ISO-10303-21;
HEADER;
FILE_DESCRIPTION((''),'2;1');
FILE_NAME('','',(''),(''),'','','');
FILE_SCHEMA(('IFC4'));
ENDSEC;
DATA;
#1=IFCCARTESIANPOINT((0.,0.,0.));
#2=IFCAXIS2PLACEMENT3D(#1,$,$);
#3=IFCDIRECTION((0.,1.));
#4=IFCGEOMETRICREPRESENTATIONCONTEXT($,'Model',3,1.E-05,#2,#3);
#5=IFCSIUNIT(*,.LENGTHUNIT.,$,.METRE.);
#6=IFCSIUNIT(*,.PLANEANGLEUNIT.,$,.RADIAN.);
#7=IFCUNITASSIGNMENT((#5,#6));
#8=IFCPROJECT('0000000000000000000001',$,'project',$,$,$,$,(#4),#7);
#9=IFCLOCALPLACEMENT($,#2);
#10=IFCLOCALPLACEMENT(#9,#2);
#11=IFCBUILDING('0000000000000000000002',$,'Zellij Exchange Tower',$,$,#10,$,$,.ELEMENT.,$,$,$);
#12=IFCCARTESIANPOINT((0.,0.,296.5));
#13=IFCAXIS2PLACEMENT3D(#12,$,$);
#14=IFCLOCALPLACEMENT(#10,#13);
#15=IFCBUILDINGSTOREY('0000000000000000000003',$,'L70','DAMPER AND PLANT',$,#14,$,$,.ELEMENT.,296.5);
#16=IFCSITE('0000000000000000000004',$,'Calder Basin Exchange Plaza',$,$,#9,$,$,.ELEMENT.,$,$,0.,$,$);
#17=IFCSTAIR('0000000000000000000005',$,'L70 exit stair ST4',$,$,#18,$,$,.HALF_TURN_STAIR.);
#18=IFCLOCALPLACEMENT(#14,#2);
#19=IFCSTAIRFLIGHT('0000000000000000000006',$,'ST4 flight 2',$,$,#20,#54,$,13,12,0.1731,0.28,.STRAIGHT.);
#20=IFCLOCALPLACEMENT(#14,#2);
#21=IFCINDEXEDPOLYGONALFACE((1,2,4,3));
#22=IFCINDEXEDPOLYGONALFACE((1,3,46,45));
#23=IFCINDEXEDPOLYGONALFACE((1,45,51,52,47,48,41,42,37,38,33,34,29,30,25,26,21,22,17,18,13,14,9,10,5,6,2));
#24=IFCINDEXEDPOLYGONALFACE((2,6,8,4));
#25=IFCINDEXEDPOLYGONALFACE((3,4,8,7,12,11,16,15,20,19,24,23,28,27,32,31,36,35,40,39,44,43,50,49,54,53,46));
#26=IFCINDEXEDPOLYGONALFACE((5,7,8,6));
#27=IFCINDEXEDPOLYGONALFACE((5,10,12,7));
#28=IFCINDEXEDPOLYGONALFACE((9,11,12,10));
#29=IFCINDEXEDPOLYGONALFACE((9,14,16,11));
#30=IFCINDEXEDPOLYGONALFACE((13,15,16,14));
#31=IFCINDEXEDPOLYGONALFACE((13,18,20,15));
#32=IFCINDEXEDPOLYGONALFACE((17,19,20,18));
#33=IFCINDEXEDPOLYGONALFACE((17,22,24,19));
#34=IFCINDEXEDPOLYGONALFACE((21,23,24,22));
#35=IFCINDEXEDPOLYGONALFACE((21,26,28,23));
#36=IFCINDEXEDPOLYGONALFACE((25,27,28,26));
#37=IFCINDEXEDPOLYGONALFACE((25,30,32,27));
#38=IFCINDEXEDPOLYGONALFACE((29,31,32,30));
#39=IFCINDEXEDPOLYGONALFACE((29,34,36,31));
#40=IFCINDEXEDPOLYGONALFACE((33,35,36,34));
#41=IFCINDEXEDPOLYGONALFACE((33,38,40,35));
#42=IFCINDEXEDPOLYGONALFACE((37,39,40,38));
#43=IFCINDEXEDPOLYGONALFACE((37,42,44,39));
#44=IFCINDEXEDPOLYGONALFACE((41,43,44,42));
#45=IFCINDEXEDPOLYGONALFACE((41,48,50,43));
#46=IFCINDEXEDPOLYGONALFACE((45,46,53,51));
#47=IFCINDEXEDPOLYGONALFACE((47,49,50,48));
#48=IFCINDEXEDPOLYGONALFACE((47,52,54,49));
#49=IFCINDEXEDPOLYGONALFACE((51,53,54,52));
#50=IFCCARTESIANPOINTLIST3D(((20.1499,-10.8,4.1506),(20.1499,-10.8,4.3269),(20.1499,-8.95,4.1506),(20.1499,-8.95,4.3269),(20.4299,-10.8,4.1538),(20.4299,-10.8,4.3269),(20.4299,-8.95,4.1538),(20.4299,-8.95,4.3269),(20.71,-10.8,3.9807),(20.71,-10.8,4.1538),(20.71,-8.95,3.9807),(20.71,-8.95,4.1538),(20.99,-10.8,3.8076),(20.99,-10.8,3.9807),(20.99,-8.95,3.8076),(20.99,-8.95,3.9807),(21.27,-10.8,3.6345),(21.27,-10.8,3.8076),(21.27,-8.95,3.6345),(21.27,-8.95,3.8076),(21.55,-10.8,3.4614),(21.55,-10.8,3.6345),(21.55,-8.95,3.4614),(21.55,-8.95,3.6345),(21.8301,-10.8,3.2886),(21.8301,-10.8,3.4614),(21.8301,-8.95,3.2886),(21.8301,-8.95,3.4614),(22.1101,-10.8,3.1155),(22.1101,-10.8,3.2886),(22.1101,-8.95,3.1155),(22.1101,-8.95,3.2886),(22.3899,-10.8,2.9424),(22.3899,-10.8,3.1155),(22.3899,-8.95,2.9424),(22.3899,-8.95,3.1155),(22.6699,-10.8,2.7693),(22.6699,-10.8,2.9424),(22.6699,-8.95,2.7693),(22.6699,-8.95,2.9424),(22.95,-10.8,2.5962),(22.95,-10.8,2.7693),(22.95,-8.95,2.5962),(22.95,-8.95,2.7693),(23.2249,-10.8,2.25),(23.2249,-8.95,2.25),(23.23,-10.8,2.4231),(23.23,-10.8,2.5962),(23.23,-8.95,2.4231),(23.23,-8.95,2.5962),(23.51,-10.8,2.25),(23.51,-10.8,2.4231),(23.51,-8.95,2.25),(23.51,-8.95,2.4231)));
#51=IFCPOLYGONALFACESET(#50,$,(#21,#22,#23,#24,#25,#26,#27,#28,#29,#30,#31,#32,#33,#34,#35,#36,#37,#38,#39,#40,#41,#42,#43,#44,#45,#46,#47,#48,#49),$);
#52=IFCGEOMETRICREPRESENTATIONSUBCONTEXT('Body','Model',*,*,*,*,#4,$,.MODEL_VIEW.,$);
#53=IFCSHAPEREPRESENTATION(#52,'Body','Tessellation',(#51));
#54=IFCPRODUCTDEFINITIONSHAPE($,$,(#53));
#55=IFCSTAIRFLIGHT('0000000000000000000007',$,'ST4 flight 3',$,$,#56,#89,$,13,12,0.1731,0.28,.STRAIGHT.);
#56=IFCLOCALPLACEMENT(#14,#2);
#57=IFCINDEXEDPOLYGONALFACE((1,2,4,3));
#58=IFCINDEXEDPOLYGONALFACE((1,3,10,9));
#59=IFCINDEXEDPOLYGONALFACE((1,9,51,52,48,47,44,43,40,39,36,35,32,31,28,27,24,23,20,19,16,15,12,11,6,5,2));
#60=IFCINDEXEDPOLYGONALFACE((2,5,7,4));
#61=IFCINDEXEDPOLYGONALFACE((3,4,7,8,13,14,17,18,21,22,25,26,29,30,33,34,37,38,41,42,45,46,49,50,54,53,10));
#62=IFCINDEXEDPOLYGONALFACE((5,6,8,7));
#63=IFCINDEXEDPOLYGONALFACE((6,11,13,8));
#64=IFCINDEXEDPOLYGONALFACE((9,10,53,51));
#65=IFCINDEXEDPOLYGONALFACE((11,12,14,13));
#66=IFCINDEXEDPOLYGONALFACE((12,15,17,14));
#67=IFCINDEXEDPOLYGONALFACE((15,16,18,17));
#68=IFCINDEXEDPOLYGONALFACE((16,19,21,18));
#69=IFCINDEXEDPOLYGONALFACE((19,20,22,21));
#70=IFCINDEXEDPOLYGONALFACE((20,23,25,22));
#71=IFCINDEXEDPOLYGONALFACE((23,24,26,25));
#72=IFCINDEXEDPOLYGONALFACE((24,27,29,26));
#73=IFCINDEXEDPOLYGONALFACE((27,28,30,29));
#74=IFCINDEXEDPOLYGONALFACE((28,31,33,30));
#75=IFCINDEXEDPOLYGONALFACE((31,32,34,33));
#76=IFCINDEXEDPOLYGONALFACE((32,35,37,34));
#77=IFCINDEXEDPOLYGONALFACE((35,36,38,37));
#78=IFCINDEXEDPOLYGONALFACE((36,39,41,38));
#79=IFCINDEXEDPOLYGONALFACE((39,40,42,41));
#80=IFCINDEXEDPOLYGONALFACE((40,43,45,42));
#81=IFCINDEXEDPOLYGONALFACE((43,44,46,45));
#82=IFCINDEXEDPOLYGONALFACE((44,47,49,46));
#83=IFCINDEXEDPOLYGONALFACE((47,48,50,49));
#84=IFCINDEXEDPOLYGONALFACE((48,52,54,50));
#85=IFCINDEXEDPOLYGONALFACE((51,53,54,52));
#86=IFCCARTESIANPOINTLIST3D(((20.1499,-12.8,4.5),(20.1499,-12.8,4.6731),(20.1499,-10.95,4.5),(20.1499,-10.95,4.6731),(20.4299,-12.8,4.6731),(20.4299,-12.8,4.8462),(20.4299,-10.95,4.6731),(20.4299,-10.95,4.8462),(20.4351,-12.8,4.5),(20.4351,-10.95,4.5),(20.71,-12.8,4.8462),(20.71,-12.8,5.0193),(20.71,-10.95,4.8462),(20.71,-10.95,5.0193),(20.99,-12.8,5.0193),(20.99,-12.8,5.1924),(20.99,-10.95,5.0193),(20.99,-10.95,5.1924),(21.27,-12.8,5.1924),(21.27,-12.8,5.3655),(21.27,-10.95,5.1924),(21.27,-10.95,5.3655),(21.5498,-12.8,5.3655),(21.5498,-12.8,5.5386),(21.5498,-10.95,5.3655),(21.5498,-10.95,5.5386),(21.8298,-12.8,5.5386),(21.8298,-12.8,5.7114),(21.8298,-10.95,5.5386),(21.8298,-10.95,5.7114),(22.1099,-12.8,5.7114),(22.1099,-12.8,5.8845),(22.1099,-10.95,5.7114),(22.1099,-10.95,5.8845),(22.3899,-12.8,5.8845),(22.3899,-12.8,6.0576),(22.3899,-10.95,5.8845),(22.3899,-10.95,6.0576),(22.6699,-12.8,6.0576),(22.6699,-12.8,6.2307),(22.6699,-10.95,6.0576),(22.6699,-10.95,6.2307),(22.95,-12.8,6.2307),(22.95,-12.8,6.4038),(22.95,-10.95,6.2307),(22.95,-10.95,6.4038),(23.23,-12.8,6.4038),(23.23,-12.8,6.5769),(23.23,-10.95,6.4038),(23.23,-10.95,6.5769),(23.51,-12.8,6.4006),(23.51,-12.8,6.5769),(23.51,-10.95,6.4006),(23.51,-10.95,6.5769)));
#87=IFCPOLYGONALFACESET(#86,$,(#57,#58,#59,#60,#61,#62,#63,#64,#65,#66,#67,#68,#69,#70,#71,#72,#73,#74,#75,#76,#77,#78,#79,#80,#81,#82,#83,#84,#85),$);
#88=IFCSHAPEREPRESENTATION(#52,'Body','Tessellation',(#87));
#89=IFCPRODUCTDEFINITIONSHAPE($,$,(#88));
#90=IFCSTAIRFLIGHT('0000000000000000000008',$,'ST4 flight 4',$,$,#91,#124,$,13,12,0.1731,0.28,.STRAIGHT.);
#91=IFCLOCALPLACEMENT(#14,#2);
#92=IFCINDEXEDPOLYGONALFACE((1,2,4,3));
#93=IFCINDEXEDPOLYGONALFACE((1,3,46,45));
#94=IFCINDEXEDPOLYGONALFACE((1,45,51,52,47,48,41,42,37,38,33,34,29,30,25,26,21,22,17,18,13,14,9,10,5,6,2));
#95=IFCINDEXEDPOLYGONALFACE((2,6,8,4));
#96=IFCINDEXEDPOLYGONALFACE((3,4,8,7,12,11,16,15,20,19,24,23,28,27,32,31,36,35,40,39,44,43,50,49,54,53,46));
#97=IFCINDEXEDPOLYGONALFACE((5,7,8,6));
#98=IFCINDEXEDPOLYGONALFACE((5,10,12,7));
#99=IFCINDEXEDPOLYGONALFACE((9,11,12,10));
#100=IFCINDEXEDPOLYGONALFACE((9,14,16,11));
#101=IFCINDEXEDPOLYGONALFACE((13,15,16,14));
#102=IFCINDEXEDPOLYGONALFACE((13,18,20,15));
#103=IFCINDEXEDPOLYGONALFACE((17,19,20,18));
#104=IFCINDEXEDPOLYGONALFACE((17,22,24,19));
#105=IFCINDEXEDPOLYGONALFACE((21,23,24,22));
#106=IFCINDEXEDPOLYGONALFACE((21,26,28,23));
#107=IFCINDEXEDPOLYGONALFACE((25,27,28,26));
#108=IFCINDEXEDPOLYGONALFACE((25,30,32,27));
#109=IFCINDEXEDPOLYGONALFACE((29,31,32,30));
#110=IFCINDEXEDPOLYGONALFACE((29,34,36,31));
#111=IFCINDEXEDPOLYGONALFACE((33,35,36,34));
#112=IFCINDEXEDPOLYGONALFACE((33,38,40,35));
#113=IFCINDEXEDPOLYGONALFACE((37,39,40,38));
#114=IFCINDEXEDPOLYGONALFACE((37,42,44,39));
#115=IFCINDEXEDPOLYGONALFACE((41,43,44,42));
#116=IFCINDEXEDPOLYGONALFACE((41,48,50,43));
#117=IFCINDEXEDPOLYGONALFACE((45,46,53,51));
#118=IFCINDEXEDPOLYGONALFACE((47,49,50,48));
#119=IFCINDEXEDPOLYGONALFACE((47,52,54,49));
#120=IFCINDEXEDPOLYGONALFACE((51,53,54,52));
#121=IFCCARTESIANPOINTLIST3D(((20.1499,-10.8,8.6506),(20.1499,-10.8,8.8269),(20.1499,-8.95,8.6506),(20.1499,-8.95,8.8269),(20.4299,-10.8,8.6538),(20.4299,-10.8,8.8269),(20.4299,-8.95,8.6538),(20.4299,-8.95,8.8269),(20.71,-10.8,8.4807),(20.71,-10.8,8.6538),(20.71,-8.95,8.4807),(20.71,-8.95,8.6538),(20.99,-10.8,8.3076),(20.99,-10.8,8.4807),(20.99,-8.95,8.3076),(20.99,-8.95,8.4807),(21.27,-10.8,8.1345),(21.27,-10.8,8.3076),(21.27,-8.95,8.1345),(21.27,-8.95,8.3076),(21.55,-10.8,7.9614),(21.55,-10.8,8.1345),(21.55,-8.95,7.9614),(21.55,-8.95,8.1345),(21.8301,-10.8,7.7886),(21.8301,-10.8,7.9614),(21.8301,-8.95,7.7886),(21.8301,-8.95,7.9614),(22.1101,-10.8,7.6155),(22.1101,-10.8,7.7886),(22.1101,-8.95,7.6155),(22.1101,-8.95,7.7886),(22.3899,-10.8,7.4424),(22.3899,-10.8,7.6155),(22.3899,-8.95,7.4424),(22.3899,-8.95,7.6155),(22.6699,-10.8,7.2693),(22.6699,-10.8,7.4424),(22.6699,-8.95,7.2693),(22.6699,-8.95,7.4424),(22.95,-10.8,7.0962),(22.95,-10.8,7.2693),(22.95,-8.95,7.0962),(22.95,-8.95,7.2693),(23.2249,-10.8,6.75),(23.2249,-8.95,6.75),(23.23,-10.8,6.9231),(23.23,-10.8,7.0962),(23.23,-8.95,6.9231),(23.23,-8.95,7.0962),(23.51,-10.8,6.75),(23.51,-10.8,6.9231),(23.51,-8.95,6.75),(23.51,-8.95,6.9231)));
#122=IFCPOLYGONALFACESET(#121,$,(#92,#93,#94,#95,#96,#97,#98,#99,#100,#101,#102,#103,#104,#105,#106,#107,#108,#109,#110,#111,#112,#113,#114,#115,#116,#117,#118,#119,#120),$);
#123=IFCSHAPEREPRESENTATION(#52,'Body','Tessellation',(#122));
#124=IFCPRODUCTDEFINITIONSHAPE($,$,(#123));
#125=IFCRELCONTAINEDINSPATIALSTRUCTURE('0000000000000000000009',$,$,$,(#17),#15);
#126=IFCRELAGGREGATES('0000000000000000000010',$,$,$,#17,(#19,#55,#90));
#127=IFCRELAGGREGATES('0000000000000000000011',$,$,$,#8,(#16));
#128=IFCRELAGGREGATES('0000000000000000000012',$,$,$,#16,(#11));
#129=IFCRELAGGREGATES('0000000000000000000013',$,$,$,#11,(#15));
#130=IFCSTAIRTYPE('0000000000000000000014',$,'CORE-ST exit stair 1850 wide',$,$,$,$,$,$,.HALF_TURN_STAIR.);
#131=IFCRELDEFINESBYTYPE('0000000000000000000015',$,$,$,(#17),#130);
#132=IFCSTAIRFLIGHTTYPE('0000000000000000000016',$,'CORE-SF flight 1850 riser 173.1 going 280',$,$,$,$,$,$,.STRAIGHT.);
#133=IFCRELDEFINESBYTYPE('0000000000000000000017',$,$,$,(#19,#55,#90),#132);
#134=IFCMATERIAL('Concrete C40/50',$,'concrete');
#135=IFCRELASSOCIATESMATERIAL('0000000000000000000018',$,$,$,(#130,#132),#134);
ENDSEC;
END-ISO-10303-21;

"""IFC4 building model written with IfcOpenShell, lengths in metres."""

from ifc_helpers import new_model, si_unit, direction, frame, origin, place, context, subcontext, project, spatial, polyline, outline, extrude, material, type_object, element, aggregate, save


model = new_model("IFC4")

# Units and contexts
model_context = context("Model", 3, precision=1e-05, world=origin(), true_north=direction((0.0, 1.0)))
body_context = subcontext(model_context, "Body", "Model", "MODEL_VIEW")
ifc_project = project(units=[si_unit("LENGTHUNIT", "METRE"), si_unit("PLANEANGLEUNIT", "RADIAN")], contexts=[model_context])

# Site, building, storey
site_placement = place(None, origin())
site = spatial("IfcSite", under=ifc_project, at=site_placement, Name="Calder Basin Exchange Plaza", CompositionType="ELEMENT", RefElevation=0.0)
building_placement = place(site_placement, origin())
building = spatial("IfcBuilding", under=site, at=building_placement, Name="Zellij Exchange Tower", CompositionType="ELEMENT")
storey_placement = place(building_placement, frame((0.0, 0.0, 296.5)))
storey = spatial("IfcBuildingStorey", under=building, at=storey_placement, Name="L70", Description="DAMPER AND PLANT", CompositionType="ELEMENT", Elevation=296.5)

# Stair, stair flights
ifc_material_1 = material(Name="Concrete C40/50", Category="concrete")
stair_type = type_object("IfcStairType", Name="CORE-ST exit stair 1850 wide", PredefinedType="HALF_TURN_STAIR", material=ifc_material_1)
stair_placement = place(storey_placement, origin())
stair = element("IfcStair", 1, at=stair_placement, inside=storey, type_object=stair_type, Name="L70 exit stair ST4", PredefinedType="HALF_TURN_STAIR")
stair_flight_type = type_object("IfcStairFlightType", Name="CORE-SF flight 1850 riser 173.1 going 280", PredefinedType="STRAIGHT", material=ifc_material_1)
stair_flight_1_placement = place(storey_placement, frame((23.51, -9.875, 2.25), z_axis=(0.0, 0.0, 1.0), x_axis=(-1.0, 0.0, 0.0)))
stair_flight_1 = element("IfcStairFlight", 2, at=stair_flight_1_placement, type_object=stair_flight_type, Name="ST4 flight 2", NumberOfRisers=13, NumberOfTreads=12, PredefinedType="STRAIGHT", RiserHeight=0.1731, TreadLength=0.28, context=body_context, shape_type="SweptSolid", body=[
    extrude(outline(polyline([(0.0, 0.0), (0.0, 0.1731), (0.28, 0.1731), (0.28, 0.3462), (0.5601, 0.3462), (0.5601, 0.5193), (0.8401, 0.5193), (0.8401, 0.6924), (1.1201, 0.6924), (1.1201, 0.8655), (1.3999, 0.8655), (1.3999, 1.0386), (1.6799, 1.0386), (1.6799, 1.2114), (1.96, 1.2114), (1.96, 1.3845), (2.24, 1.3845), (2.24, 1.5576), (2.52, 1.5576), (2.52, 1.7307), (2.8, 1.7307), (2.8, 1.9038), (3.0801, 1.9038), (3.0801, 2.0769), (3.3601, 2.0769), (3.3601, 2.25), (3.3601, 1.9006), (0.2852, 0.0), (0.0, 0.0)])), frame((0.0, 0.925, 0.0), z_axis=(0.0, -1.0, 0.0), x_axis=(1.0, 0.0, 0.0)), (0.0, 0.0, 1.0), 1.8501),
])
stair_flight_2_placement = place(storey_placement, frame((20.1499, -11.875, 4.5), z_axis=(0.0, 0.0, 1.0), x_axis=(1.0, 0.0, 0.0)))
stair_flight_2 = element("IfcStairFlight", 3, at=stair_flight_2_placement, type_object=stair_flight_type, Name="ST4 flight 3", NumberOfRisers=13, NumberOfTreads=12, PredefinedType="STRAIGHT", RiserHeight=0.1731, TreadLength=0.28, context=body_context, shape_type="SweptSolid", body=[
    extrude(outline(polyline([(0.0, 0.0), (0.0, 0.1731), (0.28, 0.1731), (0.28, 0.3462), (0.5601, 0.3462), (0.5601, 0.5193), (0.8401, 0.5193), (0.8401, 0.6924), (1.1201, 0.6924), (1.1201, 0.8655), (1.3999, 0.8655), (1.3999, 1.0386), (1.6799, 1.0386), (1.6799, 1.2114), (1.96, 1.2114), (1.96, 1.3845), (2.24, 1.3845), (2.24, 1.5576), (2.52, 1.5576), (2.52, 1.7307), (2.8, 1.7307), (2.8, 1.9038), (3.0801, 1.9038), (3.0801, 2.0769), (3.3601, 2.0769), (3.3601, 2.25), (3.3601, 1.9006), (0.2852, 0.0), (0.0, 0.0)])), frame((0.0, 0.925, 0.0), z_axis=(0.0, -1.0, 0.0), x_axis=(1.0, 0.0, 0.0)), (0.0, 0.0, 1.0), 1.8501),
])
stair_flight_3_placement = place(storey_placement, frame((23.51, -9.875, 6.75), z_axis=(0.0, 0.0, 1.0), x_axis=(-1.0, 0.0, 0.0)))
stair_flight_3 = element("IfcStairFlight", 4, at=stair_flight_3_placement, type_object=stair_flight_type, Name="ST4 flight 4", NumberOfRisers=13, NumberOfTreads=12, PredefinedType="STRAIGHT", RiserHeight=0.1731, TreadLength=0.28, context=body_context, shape_type="SweptSolid", body=[
    extrude(outline(polyline([(0.0, 0.0), (0.0, 0.1731), (0.28, 0.1731), (0.28, 0.3462), (0.5601, 0.3462), (0.5601, 0.5193), (0.8401, 0.5193), (0.8401, 0.6924), (1.1201, 0.6924), (1.1201, 0.8655), (1.3999, 0.8655), (1.3999, 1.0386), (1.6799, 1.0386), (1.6799, 1.2114), (1.96, 1.2114), (1.96, 1.3845), (2.24, 1.3845), (2.24, 1.5576), (2.52, 1.5576), (2.52, 1.7307), (2.8, 1.7307), (2.8, 1.9038), (3.0801, 1.9038), (3.0801, 2.0769), (3.3601, 2.0769), (3.3601, 2.25), (3.3601, 1.9006), (0.2852, 0.0), (0.0, 0.0)])), frame((0.0, 0.925, 0.0), z_axis=(0.0, -1.0, 0.0), x_axis=(1.0, 0.0, 0.0)), (0.0, 0.0, 1.0), 1.8501),
])
aggregate(stair, [stair_flight_1, stair_flight_2, stair_flight_3])

save(model, "model.ifc")
